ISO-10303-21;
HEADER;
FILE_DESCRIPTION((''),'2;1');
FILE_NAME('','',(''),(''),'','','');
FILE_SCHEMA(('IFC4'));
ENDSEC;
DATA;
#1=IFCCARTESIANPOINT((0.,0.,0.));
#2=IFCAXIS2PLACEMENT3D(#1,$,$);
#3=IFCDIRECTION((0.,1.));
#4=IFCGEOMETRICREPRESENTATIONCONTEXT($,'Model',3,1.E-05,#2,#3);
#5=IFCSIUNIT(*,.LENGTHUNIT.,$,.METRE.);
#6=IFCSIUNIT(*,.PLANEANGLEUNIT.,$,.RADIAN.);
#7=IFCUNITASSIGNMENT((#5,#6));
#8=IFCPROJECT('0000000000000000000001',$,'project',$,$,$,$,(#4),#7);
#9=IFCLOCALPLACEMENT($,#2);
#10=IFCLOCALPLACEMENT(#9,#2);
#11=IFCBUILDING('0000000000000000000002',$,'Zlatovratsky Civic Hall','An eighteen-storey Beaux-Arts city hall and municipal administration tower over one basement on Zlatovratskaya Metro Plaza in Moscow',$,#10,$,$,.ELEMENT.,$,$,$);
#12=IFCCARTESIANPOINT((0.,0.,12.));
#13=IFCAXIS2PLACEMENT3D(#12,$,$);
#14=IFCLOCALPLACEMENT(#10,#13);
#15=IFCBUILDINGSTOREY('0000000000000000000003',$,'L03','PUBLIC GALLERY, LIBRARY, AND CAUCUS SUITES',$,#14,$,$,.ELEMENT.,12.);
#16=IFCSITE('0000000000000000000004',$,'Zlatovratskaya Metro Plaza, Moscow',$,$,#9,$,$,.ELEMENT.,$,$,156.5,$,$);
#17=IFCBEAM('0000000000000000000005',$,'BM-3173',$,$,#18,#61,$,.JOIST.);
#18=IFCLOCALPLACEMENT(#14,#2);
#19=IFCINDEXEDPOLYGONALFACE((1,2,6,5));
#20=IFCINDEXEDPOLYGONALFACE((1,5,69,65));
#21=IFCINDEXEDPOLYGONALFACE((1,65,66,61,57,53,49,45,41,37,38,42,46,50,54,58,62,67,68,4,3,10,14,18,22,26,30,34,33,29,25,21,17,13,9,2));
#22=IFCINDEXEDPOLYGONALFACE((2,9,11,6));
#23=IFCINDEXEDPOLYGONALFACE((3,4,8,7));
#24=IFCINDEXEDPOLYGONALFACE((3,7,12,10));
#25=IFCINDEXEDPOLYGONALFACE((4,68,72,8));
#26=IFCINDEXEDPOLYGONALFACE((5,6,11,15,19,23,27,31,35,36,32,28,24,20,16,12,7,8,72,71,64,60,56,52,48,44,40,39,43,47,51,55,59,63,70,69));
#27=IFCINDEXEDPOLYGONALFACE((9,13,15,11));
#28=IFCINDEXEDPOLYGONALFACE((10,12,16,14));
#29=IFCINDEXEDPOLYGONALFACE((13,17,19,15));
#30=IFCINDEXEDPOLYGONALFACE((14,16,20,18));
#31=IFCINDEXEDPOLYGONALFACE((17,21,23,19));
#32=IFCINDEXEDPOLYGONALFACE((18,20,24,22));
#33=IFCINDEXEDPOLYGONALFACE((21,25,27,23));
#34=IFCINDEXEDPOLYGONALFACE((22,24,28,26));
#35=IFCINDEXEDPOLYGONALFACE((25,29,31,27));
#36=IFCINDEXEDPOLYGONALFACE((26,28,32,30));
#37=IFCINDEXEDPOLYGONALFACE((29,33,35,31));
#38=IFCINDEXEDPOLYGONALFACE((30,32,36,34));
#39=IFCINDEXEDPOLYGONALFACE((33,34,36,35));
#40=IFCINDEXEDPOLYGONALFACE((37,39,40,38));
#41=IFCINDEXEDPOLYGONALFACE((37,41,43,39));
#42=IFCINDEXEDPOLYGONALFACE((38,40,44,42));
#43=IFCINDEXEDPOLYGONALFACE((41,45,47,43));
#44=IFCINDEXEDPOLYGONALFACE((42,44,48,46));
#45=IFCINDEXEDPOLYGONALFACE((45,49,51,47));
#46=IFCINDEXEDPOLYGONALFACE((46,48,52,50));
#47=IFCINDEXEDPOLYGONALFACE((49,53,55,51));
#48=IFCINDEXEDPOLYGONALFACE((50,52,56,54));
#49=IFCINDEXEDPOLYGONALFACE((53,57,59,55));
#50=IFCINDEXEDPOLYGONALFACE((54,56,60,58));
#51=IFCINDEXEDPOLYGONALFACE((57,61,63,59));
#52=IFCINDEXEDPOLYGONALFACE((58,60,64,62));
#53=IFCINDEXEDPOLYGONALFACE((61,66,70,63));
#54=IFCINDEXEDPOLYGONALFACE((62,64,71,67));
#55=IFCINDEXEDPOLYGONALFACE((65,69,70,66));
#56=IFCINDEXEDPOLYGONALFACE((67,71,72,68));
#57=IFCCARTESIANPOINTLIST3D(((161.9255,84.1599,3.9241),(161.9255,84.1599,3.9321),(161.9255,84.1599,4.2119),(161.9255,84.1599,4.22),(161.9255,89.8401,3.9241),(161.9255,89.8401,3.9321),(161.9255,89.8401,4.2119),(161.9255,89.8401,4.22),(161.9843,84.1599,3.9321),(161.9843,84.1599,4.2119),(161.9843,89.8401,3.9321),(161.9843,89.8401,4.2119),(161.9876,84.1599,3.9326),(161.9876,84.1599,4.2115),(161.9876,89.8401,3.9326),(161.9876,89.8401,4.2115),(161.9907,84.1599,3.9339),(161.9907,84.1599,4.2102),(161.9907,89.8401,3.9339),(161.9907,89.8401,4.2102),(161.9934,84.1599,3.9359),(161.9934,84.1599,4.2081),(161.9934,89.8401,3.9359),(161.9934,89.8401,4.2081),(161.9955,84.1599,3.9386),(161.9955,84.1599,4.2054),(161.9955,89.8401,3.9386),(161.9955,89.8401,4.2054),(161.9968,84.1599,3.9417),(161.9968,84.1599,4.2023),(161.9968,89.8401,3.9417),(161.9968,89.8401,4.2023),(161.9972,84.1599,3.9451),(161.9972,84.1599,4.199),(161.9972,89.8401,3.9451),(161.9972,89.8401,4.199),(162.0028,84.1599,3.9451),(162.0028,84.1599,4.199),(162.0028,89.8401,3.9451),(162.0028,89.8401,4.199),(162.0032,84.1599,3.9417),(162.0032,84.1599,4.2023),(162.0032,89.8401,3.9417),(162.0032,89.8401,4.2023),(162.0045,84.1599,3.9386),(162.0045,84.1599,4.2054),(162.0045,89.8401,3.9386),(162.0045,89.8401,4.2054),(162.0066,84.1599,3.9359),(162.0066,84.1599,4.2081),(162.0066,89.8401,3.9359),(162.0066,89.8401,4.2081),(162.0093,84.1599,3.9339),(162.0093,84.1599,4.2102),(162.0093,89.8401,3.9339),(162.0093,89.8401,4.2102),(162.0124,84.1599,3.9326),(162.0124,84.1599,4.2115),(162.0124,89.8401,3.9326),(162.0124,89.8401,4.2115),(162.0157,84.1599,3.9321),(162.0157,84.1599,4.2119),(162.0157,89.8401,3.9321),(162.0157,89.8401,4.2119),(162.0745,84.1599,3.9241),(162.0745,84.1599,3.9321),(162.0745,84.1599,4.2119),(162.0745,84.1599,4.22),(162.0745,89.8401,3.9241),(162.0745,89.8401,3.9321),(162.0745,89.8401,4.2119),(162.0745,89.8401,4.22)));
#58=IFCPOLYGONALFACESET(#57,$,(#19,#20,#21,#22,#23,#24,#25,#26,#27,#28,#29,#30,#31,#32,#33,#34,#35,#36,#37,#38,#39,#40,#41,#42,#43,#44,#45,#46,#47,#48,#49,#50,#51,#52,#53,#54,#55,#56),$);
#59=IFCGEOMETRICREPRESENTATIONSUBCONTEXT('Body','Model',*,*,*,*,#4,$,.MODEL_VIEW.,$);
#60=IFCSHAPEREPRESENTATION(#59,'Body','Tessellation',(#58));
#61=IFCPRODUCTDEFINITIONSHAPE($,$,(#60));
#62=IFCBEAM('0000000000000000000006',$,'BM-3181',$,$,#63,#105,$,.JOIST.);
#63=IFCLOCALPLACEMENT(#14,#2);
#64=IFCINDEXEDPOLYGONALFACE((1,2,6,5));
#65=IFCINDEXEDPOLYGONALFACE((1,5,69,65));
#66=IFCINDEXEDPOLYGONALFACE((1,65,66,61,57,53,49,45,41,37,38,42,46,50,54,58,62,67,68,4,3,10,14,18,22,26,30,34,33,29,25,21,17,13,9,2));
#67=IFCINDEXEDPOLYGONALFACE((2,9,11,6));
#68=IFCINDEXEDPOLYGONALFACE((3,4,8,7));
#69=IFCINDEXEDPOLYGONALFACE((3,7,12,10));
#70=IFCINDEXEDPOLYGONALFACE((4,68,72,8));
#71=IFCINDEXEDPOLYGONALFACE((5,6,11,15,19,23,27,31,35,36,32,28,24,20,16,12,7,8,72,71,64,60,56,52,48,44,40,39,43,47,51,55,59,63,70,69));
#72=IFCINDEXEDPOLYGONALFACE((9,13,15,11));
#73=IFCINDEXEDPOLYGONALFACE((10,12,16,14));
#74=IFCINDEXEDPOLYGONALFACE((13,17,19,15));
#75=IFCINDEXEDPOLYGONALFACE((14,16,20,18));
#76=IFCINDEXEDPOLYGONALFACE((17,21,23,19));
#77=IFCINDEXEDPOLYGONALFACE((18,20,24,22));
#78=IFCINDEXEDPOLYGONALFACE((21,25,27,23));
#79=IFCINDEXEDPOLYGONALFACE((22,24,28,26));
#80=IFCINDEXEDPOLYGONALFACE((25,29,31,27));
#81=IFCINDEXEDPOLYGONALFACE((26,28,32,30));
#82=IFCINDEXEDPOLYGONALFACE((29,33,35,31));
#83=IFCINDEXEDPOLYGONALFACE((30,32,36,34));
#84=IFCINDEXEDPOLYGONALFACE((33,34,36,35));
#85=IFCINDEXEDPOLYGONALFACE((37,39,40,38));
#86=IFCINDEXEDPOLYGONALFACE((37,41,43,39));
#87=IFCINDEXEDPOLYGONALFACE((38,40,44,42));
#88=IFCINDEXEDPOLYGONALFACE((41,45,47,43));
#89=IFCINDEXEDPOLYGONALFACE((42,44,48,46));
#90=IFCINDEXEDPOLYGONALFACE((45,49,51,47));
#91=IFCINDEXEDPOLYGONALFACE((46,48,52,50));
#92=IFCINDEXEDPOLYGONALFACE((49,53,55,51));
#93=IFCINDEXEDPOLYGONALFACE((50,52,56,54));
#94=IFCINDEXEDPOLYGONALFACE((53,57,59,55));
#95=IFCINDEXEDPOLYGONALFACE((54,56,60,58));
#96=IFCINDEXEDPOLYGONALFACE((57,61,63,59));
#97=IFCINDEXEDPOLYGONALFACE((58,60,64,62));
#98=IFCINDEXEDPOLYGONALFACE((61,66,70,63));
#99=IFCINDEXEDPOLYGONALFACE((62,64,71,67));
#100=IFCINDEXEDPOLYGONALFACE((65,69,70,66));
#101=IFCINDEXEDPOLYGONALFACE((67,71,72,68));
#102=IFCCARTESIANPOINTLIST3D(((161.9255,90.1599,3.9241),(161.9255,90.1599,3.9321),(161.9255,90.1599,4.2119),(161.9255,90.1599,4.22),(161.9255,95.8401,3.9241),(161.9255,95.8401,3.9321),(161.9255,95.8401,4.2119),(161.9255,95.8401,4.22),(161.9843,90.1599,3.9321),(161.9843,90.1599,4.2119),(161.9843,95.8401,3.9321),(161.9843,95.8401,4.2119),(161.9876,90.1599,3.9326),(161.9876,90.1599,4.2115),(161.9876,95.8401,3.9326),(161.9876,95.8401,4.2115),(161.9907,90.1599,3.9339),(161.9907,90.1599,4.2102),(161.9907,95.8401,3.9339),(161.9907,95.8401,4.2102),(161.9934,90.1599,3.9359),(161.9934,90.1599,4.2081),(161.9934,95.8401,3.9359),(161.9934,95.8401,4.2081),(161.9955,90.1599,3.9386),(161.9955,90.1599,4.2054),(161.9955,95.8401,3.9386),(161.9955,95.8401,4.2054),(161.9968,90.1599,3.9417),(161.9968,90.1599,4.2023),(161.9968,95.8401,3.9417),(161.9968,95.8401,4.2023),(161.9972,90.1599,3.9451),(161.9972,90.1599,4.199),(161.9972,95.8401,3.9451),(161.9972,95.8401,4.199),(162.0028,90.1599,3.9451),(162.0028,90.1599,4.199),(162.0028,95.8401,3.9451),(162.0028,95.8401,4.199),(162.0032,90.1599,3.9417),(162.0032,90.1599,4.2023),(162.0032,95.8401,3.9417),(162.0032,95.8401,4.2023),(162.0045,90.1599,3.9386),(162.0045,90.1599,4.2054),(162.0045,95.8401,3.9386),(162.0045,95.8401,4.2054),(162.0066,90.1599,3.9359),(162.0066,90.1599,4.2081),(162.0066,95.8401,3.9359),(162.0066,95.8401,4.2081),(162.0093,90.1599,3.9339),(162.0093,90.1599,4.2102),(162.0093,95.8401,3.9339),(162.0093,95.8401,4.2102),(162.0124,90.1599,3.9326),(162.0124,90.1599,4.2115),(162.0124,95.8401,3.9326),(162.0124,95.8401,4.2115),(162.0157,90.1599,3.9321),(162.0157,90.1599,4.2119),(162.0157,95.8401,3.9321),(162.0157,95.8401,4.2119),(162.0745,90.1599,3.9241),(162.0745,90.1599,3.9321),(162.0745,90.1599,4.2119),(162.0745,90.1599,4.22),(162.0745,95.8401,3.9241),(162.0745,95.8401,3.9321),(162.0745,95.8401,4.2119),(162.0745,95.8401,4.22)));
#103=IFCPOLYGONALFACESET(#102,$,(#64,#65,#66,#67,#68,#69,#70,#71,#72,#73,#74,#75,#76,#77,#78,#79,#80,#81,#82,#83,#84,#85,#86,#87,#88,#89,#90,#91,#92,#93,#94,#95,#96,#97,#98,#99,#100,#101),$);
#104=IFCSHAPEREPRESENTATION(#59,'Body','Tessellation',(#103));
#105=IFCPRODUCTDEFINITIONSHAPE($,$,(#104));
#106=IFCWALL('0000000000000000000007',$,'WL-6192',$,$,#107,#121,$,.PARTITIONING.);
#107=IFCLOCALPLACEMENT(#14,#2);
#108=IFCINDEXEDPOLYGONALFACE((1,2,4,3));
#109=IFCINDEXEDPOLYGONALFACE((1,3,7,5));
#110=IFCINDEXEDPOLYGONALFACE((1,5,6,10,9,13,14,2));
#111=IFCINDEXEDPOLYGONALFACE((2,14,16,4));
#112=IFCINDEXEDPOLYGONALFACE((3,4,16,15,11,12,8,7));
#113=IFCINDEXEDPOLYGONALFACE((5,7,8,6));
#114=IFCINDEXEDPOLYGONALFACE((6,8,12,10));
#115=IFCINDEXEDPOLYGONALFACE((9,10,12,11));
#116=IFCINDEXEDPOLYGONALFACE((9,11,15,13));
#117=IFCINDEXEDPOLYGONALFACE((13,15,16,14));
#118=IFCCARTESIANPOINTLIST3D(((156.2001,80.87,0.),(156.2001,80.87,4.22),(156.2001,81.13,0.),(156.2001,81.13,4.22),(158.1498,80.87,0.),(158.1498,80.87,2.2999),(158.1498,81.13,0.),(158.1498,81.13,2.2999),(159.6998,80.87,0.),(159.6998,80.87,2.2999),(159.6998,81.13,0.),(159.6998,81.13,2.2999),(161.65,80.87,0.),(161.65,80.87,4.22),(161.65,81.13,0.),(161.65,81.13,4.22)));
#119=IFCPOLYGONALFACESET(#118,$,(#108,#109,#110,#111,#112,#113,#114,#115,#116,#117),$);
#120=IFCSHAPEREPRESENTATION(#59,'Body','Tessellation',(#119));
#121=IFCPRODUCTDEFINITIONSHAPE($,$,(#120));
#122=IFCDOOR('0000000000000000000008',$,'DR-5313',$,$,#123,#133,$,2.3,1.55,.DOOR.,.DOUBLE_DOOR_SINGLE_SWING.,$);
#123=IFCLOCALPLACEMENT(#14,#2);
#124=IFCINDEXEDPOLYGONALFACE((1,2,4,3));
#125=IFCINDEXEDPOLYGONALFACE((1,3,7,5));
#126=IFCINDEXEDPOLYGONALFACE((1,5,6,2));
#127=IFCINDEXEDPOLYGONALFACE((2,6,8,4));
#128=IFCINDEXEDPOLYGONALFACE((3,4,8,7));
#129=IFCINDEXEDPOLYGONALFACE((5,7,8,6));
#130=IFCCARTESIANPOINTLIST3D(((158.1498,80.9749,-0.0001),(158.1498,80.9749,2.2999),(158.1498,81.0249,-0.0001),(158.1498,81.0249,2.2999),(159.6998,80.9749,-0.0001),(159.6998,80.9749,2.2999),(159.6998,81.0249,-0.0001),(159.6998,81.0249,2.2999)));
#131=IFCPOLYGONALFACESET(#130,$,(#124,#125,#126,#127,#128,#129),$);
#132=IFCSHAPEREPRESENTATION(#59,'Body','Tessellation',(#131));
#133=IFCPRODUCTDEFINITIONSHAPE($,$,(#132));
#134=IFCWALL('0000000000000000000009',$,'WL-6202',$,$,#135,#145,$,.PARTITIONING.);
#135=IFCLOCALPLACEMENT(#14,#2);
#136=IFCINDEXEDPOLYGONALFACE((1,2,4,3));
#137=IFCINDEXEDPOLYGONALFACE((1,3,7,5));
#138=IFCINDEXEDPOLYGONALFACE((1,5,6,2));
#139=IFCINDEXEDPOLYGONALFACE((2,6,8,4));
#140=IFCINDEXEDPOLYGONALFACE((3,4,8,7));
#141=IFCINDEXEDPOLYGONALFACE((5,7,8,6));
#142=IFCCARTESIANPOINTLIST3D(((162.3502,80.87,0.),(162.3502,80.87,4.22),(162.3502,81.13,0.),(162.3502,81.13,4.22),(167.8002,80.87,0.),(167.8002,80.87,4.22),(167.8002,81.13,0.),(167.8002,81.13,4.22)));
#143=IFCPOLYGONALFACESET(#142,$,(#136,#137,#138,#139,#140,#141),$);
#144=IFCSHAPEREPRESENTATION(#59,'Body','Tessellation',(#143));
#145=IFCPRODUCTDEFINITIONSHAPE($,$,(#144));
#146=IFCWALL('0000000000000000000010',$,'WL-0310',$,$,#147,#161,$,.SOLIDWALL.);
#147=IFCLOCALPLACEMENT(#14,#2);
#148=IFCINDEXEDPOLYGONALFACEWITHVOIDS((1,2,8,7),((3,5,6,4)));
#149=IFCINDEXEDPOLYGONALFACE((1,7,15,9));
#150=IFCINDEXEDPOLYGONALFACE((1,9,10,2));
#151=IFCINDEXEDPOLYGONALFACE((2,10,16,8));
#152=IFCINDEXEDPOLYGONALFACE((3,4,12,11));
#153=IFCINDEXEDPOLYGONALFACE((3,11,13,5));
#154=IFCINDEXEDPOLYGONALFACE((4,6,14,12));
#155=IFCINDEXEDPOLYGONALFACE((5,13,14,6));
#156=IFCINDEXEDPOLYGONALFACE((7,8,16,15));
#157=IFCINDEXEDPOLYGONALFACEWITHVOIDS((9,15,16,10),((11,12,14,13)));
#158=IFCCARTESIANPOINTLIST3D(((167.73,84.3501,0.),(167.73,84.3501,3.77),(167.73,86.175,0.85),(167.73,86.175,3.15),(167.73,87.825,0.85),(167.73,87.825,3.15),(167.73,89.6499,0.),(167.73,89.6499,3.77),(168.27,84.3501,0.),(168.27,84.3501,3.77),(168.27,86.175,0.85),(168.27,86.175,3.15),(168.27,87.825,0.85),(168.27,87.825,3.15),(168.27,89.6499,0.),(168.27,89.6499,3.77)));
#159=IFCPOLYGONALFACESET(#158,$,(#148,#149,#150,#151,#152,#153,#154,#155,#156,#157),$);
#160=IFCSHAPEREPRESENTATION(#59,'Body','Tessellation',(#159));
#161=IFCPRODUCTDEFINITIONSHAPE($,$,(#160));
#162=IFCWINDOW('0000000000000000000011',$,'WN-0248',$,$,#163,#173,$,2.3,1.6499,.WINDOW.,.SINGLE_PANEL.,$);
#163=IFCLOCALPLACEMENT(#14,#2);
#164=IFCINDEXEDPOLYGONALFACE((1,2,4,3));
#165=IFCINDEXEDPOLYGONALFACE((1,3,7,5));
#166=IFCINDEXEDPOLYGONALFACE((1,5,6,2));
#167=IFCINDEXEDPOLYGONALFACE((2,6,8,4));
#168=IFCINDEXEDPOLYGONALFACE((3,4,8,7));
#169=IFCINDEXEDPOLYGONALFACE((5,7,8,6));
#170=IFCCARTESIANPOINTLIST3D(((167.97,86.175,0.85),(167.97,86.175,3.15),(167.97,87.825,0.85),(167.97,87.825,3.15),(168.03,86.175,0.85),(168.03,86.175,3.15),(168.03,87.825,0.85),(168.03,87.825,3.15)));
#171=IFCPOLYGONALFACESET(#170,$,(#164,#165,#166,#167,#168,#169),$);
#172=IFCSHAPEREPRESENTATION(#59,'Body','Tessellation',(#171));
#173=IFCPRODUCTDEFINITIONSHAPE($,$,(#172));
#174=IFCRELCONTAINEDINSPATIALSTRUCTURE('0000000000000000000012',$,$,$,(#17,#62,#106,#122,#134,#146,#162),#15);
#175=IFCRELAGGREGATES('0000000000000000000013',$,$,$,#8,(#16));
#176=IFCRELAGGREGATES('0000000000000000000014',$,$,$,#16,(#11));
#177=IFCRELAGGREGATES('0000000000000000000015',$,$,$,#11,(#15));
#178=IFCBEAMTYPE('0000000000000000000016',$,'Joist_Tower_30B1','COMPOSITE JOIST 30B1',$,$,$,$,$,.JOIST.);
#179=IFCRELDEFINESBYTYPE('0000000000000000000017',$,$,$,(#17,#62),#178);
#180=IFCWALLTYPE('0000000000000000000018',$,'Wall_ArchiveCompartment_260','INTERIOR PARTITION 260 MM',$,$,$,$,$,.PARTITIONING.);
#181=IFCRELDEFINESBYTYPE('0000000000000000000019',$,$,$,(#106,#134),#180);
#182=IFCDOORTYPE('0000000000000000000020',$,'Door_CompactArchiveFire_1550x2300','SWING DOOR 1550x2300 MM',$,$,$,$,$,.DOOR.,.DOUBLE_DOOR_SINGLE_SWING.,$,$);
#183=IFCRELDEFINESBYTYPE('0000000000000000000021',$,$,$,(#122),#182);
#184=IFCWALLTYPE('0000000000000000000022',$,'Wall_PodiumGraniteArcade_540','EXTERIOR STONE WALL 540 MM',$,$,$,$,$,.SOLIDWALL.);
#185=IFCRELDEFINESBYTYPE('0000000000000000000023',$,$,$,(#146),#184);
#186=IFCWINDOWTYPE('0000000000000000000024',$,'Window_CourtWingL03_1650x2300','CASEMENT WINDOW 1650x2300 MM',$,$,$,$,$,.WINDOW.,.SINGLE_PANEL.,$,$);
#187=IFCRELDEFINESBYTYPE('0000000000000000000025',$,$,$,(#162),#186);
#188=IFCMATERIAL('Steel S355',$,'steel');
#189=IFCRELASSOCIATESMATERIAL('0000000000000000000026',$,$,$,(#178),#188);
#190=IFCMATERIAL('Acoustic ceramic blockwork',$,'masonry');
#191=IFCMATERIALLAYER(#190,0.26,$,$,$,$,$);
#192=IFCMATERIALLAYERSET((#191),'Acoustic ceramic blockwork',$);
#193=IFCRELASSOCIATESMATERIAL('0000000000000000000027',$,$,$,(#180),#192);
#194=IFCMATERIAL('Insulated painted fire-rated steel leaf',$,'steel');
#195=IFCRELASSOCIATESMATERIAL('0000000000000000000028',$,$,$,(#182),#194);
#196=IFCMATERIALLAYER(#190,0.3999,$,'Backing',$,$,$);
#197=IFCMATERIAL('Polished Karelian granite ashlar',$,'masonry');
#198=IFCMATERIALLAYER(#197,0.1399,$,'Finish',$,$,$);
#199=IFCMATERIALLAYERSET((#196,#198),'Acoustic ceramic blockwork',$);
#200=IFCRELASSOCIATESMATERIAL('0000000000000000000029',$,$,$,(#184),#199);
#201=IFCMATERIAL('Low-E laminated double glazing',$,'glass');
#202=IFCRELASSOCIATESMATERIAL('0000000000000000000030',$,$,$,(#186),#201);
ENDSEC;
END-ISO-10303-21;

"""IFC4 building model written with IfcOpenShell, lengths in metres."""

from ifc_helpers import new_model, si_unit, direction, frame, frame_2d, origin, origin_2d, place, context, subcontext, project, spatial, rectangle, i_section, extrude, material, layer, layer_set, material_profile, profile_set, type_object, element, fill, save


model = new_model("IFC4")

# Units and contexts
model_context = context("Model", 3, precision=1e-05, world=origin(), true_north=direction((0.0, 1.0)))
body_context = subcontext(model_context, "Body", "Model", "MODEL_VIEW")
ifc_project = project(units=[si_unit("LENGTHUNIT", "METRE"), si_unit("PLANEANGLEUNIT", "RADIAN")], contexts=[model_context])

# Site, building, storey
site_placement = place(None, origin())
site = spatial("IfcSite", under=ifc_project, at=site_placement, Name="Zlatovratskaya Metro Plaza, Moscow", CompositionType="ELEMENT", RefElevation=156.5)
building_placement = place(site_placement, origin())
building = spatial("IfcBuilding", under=site, at=building_placement, Name="Zlatovratsky Civic Hall", Description="An eighteen-storey Beaux-Arts city hall and municipal administration tower over one basement on Zlatovratskaya Metro Plaza in Moscow", CompositionType="ELEMENT")
storey_placement = place(building_placement, frame((0.0, 0.0, 12.0)))
storey = spatial("IfcBuildingStorey", under=building, at=storey_placement, Name="L03", Description="PUBLIC GALLERY, LIBRARY, AND CAUCUS SUITES", CompositionType="ELEMENT", Elevation=12.0)

# Beams
ifc_material_1 = material(Name="Steel S355", Category="steel")
ifc_material_profile_1 = material_profile(ifc_material_1, i_section(OverallWidth=0.1489, OverallDepth=0.2959, WebThickness=0.0056, FlangeThickness=0.0081, FilletRadius=0.0129, at=origin_2d()), Name="30B1")
ifc_profile_set_1 = profile_set([ifc_material_profile_1], Name="Steel S355")
beam_type_1 = type_object("IfcBeamType", Name="Joist_Tower_30B1", Description="COMPOSITE JOIST 30B1", PredefinedType="JOIST", material=ifc_profile_set_1)
for number, where, z_axis, x_axis, name in (
    (1, (162.0, 84.1599, 4.072), (0.0, 1.0, 0.0), (-1.0, 0.0, 0.0), "BM-3173"),
    (2, (162.0, 90.1599, 4.072), (0.0, 1.0, 0.0), (-1.0, 0.0, 0.0), "BM-3181"),
):
    element("IfcBeam", number, at=place(storey_placement, frame(where, z_axis=z_axis, x_axis=x_axis)), inside=storey, type_object=beam_type_1, Name=name, PredefinedType="JOIST", context=body_context, shape_type="SweptSolid", body=[
        extrude(i_section(OverallWidth=0.1489, OverallDepth=0.2959, WebThickness=0.0056, FlangeThickness=0.0081, FilletRadius=0.0129, at=origin_2d()), origin(), (0.0, 0.0, 1.0), 5.6802),
    ])

# Wall, opening, door
ifc_material_2 = material(Name="Acoustic ceramic blockwork", Category="masonry")
ifc_layer_1 = layer(ifc_material_2, 0.26)
ifc_layer_set_1 = layer_set([ifc_layer_1], Name="Acoustic ceramic blockwork")
wall_type_1 = type_object("IfcWallType", Name="Wall_ArchiveCompartment_260", Description="INTERIOR PARTITION 260 MM", PredefinedType="PARTITIONING", material=ifc_layer_set_1)
wall_1_placement = place(storey_placement, frame((156.2, 81.0, 0.0), z_axis=(0.0, 0.0, 1.0), x_axis=(1.0, 0.0, 0.0)))
wall_1 = element("IfcWall", 3, at=wall_1_placement, inside=storey, type_object=wall_type_1, Name="WL-6192", PredefinedType="PARTITIONING", context=body_context, shape_type="SweptSolid", body=[
    extrude(rectangle(XDim=5.45, YDim=0.26, at=frame_2d((2.7251, 0.0))), origin(), (0.0, 0.0, 1.0), 4.22),
])
opening_1_placement = place(wall_1_placement, frame((1.95, 0.0, 0.0)))
opening_1 = element("IfcOpeningElement", 4, at=opening_1_placement, cuts=wall_1, PredefinedType="OPENING", context=body_context, shape_type="SweptSolid", body=[
    extrude(rectangle(XDim=1.55, YDim=2.3, at=frame_2d((0.7749, 1.1499))), frame((0.0, 0.145, 0.0), z_axis=(0.0, -1.0, 0.0), x_axis=(1.0, 0.0, 0.0)), (0.0, 0.0, 1.0), 0.2898),
])
ifc_material_3 = material(Name="Insulated painted fire-rated steel leaf", Category="steel")
door_type_1 = type_object("IfcDoorType", Name="Door_CompactArchiveFire_1550x2300", Description="SWING DOOR 1550x2300 MM", OperationType="DOUBLE_DOOR_SINGLE_SWING", PredefinedType="DOOR", material=ifc_material_3)
door_1_placement = place(opening_1_placement, origin())
door_1 = element("IfcDoor", 5, at=door_1_placement, inside=storey, type_object=door_type_1, Name="DR-5313", OperationType="DOUBLE_DOOR_SINGLE_SWING", OverallHeight=2.3, OverallWidth=1.55, PredefinedType="DOOR", context=body_context, shape_type="SweptSolid", body=[
    extrude(rectangle(XDim=1.55, YDim=2.3, at=frame_2d((0.7749, 1.1499))), frame((0.0, 0.0249, 0.0), z_axis=(0.0, -1.0, 0.0), x_axis=(1.0, 0.0, 0.0)), (0.0, 0.0, 1.0), 0.05),
])
fill(opening_1, door_1)

# Wall
wall_2_placement = place(storey_placement, frame((162.3501, 81.0, 0.0), z_axis=(0.0, 0.0, 1.0), x_axis=(1.0, 0.0, 0.0)))
element("IfcWall", 6, at=wall_2_placement, inside=storey, type_object=wall_type_1, Name="WL-6202", PredefinedType="PARTITIONING", context=body_context, shape_type="SweptSolid", body=[
    extrude(rectangle(XDim=5.45, YDim=0.26, at=frame_2d((2.7251, 0.0))), origin(), (0.0, 0.0, 1.0), 4.22),
])

# Wall, opening, window
ifc_layer_2 = layer(ifc_material_2, 0.3999, Name="Backing")
ifc_material_4 = material(Name="Polished Karelian granite ashlar", Category="masonry")
ifc_layer_3 = layer(ifc_material_4, 0.1399, Name="Finish")
ifc_layer_set_2 = layer_set([ifc_layer_2, ifc_layer_3], Name="Acoustic ceramic blockwork")
wall_type_2 = type_object("IfcWallType", Name="Wall_PodiumGraniteArcade_540", Description="EXTERIOR STONE WALL 540 MM", PredefinedType="SOLIDWALL", material=ifc_layer_set_2)
wall_3_placement = place(storey_placement, frame((168.0, 84.3501, 0.0), z_axis=(0.0, 0.0, 1.0), x_axis=(0.0, 1.0, 0.0)))
wall_3 = element("IfcWall", 7, at=wall_3_placement, inside=storey, type_object=wall_type_2, Name="WL-0310", PredefinedType="SOLIDWALL", context=body_context, shape_type="SweptSolid", body=[
    extrude(rectangle(XDim=5.2998, YDim=0.54, at=frame_2d((2.6499, 0.0))), origin(), (0.0, 0.0, 1.0), 3.77),
])
opening_2_placement = place(wall_3_placement, frame((1.825, 0.0, 0.8501)))
opening_2 = element("IfcOpeningElement", 8, at=opening_2_placement, cuts=wall_3, PredefinedType="OPENING", context=body_context, shape_type="SweptSolid", body=[
    extrude(rectangle(XDim=1.6499, YDim=2.3, at=frame_2d((0.825, 1.1499))), frame((0.0, 0.2849, 0.0), z_axis=(0.0, -1.0, 0.0), x_axis=(1.0, 0.0, 0.0)), (0.0, 0.0, 1.0), 0.5698),
])
ifc_material_5 = material(Name="Low-E laminated double glazing", Category="glass")
window_type = type_object("IfcWindowType", Name="Window_CourtWingL03_1650x2300", Description="CASEMENT WINDOW 1650x2300 MM", PartitioningType="SINGLE_PANEL", PredefinedType="WINDOW", material=ifc_material_5)
window_1_placement = place(opening_2_placement, origin())
window_1 = element("IfcWindow", 9, at=window_1_placement, inside=storey, type_object=window_type, Name="WN-0248", OverallHeight=2.3, OverallWidth=1.6499, PartitioningType="SINGLE_PANEL", PredefinedType="WINDOW", context=body_context, shape_type="SweptSolid", body=[
    extrude(rectangle(XDim=1.6499, YDim=2.3, at=frame_2d((0.825, 1.1499))), frame((0.0, 0.03, 0.0), z_axis=(0.0, -1.0, 0.0), x_axis=(1.0, 0.0, 0.0)), (0.0, 0.0, 1.0), 0.0601),
])
fill(opening_2, window_1)

save(model, "model.ifc")
